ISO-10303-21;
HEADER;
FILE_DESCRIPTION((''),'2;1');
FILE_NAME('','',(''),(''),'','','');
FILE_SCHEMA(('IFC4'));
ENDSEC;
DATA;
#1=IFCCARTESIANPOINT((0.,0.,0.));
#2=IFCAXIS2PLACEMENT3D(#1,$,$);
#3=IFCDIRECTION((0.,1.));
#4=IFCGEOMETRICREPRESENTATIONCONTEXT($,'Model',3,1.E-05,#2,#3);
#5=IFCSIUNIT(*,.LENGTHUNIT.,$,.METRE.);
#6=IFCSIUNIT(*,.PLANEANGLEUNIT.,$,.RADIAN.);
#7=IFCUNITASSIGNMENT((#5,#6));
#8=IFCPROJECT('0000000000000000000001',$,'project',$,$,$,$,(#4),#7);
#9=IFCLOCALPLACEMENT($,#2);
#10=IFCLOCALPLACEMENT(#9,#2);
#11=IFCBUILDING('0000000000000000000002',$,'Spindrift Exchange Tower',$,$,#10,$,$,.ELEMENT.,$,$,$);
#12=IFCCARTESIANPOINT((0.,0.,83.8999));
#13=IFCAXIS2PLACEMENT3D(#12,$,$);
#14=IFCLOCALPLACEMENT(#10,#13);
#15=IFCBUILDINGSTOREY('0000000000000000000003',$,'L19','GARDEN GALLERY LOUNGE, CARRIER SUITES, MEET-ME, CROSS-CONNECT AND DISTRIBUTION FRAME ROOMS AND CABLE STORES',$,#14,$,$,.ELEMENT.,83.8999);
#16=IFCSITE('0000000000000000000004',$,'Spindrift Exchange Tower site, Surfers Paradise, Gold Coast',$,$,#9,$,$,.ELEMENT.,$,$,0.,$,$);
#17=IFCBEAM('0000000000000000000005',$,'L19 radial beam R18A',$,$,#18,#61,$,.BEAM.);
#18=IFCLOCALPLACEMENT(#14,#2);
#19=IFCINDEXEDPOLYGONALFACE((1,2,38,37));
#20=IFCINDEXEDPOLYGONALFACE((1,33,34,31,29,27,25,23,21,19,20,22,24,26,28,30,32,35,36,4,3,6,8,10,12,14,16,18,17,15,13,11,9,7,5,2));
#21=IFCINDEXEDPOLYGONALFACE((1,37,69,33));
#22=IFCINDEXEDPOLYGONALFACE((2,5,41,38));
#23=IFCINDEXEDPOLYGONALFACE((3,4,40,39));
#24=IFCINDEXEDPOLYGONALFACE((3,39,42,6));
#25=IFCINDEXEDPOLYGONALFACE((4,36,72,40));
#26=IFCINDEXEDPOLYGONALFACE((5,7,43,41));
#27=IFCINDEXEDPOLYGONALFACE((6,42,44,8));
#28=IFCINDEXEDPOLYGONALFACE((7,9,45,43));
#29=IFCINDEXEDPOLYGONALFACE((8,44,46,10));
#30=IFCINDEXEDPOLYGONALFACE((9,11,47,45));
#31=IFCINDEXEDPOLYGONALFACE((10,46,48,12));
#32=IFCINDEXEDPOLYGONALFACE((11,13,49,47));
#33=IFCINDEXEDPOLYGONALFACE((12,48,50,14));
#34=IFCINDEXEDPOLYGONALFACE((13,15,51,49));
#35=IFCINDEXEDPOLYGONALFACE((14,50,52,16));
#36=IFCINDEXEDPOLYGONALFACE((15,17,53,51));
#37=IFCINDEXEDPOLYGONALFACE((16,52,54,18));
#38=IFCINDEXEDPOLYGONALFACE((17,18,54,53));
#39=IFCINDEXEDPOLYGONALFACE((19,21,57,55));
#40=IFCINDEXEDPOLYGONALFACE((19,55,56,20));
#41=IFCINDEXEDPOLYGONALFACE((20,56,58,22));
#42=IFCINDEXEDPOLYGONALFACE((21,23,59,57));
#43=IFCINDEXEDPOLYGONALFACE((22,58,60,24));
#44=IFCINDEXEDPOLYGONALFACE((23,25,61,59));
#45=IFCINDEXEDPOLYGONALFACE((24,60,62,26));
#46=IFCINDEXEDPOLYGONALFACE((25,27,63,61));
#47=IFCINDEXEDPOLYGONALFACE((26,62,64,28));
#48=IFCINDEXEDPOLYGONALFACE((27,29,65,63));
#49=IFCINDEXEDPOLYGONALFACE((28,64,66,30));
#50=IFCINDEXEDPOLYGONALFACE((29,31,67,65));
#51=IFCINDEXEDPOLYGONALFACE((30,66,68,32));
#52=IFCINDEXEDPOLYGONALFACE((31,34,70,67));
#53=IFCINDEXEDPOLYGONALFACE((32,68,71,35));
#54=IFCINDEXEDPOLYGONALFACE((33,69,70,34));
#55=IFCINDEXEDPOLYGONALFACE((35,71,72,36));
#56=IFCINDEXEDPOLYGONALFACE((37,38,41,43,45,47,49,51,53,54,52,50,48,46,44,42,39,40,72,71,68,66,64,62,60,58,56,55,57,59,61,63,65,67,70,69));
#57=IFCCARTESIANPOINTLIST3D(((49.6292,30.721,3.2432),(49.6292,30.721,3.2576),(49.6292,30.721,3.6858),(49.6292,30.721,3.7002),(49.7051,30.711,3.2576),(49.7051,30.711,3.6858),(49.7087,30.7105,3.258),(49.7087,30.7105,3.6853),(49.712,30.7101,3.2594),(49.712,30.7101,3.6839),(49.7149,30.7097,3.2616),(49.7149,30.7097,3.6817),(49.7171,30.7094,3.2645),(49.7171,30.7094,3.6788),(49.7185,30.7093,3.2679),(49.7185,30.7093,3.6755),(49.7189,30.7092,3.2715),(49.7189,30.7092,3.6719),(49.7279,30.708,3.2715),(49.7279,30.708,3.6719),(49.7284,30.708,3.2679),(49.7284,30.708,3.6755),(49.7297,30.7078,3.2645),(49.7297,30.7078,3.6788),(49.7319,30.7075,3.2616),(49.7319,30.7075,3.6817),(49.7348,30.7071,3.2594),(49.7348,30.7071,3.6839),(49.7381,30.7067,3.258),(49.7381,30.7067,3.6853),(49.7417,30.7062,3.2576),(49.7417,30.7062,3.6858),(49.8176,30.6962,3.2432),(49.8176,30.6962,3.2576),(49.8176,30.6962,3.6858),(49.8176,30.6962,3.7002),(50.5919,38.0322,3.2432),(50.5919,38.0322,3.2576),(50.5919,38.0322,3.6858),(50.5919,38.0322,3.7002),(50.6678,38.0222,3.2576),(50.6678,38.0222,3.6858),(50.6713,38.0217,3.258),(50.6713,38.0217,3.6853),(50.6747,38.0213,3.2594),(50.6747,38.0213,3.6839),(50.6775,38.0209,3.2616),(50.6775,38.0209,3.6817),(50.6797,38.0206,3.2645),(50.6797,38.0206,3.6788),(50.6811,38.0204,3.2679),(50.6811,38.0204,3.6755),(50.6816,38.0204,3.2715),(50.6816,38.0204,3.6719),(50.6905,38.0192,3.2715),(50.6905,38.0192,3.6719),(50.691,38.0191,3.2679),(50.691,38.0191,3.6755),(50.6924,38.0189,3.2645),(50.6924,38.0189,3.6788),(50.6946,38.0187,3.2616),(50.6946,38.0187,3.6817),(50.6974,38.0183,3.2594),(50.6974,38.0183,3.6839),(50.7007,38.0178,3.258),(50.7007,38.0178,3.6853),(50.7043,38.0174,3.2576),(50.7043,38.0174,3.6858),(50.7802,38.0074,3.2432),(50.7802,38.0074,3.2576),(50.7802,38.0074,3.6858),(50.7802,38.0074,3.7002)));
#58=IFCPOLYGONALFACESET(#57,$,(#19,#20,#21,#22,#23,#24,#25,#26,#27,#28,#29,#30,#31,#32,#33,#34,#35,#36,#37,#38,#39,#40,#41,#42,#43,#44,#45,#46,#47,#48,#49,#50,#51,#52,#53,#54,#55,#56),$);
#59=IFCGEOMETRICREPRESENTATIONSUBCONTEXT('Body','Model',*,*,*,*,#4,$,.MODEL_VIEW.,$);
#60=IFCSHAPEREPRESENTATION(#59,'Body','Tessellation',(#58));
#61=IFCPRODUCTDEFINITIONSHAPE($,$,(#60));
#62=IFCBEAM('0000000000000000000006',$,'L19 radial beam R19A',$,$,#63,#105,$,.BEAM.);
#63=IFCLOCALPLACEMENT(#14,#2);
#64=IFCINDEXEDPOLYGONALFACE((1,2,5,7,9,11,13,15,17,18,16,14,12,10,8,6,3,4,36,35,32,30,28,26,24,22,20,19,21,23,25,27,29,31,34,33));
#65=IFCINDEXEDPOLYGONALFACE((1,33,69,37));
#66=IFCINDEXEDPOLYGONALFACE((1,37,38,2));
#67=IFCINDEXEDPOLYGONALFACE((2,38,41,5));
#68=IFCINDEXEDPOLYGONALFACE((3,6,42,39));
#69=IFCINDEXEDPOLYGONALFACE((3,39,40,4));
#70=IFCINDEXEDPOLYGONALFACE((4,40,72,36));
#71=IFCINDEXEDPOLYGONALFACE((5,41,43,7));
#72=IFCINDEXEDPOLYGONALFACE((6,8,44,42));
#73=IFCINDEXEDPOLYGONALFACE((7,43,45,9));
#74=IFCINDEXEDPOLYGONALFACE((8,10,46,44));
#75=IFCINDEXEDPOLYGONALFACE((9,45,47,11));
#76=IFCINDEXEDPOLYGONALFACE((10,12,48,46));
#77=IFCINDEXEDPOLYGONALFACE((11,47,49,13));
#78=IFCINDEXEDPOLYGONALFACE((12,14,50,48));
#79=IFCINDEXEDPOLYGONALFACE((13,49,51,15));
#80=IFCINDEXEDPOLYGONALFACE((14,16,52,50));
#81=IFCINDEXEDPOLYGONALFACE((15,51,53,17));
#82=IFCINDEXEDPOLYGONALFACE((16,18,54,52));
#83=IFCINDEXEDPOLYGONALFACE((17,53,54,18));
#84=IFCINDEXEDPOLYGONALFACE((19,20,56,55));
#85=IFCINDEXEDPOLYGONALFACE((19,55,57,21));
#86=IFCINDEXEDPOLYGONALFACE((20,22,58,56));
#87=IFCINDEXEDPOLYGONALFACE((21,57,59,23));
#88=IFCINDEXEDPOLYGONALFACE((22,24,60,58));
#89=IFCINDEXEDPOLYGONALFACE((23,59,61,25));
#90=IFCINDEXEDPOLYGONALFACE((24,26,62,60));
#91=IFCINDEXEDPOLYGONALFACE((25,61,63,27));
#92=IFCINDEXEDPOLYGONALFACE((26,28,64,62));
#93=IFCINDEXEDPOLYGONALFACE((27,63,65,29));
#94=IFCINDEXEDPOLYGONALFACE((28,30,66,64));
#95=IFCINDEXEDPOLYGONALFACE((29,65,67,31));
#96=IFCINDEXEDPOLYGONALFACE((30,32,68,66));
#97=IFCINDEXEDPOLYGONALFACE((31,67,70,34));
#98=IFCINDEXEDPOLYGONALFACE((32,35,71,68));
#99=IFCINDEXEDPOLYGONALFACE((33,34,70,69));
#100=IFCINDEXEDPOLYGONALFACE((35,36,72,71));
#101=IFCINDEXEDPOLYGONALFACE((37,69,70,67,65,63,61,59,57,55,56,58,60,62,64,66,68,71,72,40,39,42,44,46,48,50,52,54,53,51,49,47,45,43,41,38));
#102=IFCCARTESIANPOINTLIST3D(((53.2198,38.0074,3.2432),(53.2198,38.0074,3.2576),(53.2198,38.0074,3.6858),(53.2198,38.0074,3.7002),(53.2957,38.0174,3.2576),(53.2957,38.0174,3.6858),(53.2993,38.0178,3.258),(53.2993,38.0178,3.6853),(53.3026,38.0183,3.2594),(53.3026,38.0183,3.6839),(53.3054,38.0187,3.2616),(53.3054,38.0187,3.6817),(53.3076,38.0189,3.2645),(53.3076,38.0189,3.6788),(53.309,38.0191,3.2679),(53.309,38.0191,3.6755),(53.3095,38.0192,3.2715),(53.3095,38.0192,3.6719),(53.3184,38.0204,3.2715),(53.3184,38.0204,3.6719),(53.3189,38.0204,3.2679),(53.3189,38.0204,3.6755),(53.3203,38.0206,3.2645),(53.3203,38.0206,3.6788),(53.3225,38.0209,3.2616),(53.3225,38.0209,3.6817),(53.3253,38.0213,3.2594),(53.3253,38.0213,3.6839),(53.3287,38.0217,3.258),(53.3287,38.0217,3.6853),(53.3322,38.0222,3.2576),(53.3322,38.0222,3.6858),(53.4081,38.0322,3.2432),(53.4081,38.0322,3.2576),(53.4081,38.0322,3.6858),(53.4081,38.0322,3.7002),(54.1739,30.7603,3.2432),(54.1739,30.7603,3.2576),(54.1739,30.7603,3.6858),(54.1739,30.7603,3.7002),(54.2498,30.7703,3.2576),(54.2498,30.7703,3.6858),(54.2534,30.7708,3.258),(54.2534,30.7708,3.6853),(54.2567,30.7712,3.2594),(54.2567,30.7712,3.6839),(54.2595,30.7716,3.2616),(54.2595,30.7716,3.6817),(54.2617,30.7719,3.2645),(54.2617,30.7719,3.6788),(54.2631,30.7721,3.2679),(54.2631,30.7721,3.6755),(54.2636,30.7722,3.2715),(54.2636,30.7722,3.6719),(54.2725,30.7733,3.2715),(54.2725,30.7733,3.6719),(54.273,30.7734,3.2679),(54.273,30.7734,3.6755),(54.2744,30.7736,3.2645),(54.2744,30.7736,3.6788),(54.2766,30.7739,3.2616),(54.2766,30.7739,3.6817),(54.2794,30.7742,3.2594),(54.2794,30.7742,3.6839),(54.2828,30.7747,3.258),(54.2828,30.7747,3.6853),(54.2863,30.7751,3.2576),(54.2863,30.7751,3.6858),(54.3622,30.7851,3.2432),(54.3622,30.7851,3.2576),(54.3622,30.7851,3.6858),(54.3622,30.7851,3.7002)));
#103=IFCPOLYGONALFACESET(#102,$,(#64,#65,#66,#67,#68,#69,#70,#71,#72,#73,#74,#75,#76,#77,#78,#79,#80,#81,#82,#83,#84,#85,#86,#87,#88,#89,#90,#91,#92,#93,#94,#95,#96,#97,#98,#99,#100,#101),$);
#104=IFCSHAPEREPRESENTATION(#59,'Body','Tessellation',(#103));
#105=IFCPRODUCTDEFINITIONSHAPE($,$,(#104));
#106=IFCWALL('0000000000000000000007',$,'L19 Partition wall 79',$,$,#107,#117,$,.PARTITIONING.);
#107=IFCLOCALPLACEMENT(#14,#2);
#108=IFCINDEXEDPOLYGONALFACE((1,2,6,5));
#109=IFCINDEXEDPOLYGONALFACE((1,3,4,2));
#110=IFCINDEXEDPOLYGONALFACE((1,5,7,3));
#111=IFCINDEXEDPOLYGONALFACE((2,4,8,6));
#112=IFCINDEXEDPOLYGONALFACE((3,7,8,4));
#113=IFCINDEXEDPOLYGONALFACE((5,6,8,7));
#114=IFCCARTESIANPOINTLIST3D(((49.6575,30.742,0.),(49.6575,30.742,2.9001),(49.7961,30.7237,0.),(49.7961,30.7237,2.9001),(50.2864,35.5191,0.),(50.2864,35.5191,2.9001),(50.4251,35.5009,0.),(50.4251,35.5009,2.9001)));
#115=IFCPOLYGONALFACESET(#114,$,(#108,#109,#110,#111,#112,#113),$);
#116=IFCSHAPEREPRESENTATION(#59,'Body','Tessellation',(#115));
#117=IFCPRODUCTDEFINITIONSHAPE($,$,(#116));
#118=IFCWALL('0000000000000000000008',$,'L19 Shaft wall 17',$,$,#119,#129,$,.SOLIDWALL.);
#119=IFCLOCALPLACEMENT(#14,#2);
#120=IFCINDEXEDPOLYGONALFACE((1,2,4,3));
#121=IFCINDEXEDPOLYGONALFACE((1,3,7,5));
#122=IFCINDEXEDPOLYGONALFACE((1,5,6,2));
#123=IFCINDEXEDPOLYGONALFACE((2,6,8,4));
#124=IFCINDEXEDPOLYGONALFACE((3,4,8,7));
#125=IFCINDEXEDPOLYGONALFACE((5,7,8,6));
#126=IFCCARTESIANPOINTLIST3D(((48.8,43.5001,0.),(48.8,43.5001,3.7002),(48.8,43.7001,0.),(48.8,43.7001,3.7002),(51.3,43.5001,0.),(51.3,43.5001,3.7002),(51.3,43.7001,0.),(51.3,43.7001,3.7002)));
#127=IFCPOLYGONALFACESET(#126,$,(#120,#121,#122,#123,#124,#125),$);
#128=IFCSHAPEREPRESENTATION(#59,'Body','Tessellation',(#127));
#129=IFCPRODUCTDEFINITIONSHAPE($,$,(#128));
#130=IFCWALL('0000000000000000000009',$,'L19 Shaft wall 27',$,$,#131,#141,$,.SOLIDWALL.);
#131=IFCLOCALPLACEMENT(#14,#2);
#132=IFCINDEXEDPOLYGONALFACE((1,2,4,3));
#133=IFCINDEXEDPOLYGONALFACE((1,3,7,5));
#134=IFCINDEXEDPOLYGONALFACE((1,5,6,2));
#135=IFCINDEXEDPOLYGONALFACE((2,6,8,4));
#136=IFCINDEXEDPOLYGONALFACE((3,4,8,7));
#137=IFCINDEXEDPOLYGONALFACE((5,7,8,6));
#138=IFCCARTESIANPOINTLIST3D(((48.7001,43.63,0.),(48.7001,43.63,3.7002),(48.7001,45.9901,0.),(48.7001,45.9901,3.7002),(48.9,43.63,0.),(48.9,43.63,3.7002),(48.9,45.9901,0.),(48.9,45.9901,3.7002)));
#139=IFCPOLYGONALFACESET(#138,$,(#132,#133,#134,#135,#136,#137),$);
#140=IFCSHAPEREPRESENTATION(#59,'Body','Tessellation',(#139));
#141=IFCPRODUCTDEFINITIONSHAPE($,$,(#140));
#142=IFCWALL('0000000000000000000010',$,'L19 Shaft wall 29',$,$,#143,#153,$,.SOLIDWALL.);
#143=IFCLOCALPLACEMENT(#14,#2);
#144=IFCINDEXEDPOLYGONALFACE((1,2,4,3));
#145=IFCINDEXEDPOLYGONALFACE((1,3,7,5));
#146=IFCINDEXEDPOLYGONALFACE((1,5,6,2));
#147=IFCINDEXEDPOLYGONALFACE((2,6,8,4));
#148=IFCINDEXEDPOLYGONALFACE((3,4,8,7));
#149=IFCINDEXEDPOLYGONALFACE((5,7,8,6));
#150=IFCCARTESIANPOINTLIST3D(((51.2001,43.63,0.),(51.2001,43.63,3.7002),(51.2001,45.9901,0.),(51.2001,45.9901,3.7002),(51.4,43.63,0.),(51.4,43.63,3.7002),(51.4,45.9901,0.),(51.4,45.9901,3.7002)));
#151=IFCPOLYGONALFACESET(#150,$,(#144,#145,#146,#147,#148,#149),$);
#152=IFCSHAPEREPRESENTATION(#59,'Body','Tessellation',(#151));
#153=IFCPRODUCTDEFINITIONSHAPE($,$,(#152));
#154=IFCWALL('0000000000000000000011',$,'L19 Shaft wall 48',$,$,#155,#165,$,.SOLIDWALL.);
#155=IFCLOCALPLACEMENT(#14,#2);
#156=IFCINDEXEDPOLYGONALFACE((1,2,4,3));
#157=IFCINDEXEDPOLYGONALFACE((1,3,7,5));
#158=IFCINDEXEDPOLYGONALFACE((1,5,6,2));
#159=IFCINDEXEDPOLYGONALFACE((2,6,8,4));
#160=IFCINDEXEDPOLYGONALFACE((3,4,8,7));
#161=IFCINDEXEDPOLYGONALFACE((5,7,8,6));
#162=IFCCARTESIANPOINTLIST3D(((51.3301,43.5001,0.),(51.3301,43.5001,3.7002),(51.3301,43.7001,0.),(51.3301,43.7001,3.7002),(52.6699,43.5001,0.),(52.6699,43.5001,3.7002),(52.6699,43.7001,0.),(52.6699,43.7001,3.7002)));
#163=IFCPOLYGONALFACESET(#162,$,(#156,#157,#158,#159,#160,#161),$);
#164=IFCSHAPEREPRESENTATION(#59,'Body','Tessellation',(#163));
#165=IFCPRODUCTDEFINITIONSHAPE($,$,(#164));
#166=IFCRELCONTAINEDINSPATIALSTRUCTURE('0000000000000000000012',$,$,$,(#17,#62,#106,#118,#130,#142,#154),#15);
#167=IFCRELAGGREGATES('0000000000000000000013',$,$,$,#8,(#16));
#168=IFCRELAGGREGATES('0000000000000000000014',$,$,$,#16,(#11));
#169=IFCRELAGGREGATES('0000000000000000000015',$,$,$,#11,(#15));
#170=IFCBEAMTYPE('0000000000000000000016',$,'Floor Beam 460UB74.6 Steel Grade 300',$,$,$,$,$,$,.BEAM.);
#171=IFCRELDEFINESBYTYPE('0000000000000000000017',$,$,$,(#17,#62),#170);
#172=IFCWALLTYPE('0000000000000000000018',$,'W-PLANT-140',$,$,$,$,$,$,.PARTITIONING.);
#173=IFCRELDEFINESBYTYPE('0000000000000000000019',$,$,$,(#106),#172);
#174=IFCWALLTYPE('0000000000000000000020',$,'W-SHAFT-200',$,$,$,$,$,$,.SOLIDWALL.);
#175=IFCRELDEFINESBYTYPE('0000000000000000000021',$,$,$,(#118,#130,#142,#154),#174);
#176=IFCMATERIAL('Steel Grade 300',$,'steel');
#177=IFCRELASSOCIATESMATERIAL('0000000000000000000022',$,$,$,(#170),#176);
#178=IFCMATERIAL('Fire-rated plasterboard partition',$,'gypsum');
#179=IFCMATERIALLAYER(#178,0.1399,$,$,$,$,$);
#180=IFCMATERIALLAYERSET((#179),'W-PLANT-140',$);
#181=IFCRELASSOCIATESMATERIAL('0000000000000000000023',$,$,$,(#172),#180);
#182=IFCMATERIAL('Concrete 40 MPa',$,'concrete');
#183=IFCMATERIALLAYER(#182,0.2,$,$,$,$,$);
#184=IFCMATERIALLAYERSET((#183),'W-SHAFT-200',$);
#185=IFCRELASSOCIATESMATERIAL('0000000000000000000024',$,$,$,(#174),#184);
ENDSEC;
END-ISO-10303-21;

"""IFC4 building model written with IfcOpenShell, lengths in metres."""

from ifc_helpers import new_model, si_unit, direction, frame, frame_2d, origin, origin_2d, place, context, subcontext, project, spatial, rectangle, i_section, extrude, source, transform, mapped, material, layer, layer_set, material_profile, profile_set, type_object, element, save


model = new_model("IFC4")

# Units and contexts
model_context = context("Model", 3, precision=1e-05, world=origin(), true_north=direction((0.0, 1.0)))
body_context = subcontext(model_context, "Body", "Model", "MODEL_VIEW")
ifc_project = project(units=[si_unit("LENGTHUNIT", "METRE"), si_unit("PLANEANGLEUNIT", "RADIAN")], contexts=[model_context])

# Site, building, storey
site_placement = place(None, origin())
site = spatial("IfcSite", under=ifc_project, at=site_placement, Name="Spindrift Exchange Tower site, Surfers Paradise, Gold Coast", CompositionType="ELEMENT", RefElevation=0.0)
building_placement = place(site_placement, origin())
building = spatial("IfcBuilding", under=site, at=building_placement, Name="Spindrift Exchange Tower", CompositionType="ELEMENT")
storey_placement = place(building_placement, frame((0.0, 0.0, 83.8999)))
storey = spatial("IfcBuildingStorey", under=building, at=storey_placement, Name="L19", Description="GARDEN GALLERY LOUNGE, CARRIER SUITES, MEET-ME, CROSS-CONNECT AND DISTRIBUTION FRAME ROOMS AND CABLE STORES", CompositionType="ELEMENT", Elevation=83.8999)

# Beams
ifc_material_1 = material(Name="Steel Grade 300", Category="steel")
ifc_material_profile = material_profile(ifc_material_1, i_section(OverallWidth=0.1899, OverallDepth=0.457, WebThickness=0.009, FlangeThickness=0.0144, FilletRadius=0.0139, at=origin_2d()), Name="460UB74.6")
ifc_profile_set = profile_set([ifc_material_profile], Name="Steel Grade 300")
beam_type = type_object("IfcBeamType", Name="Floor Beam 460UB74.6 Steel Grade 300", PredefinedType="BEAM", material=ifc_profile_set)
shared_shape_1 = source(origin(), body_context, "Body", "SweptSolid", [
    extrude(i_section(OverallWidth=0.1899, OverallDepth=0.457, WebThickness=0.009, FlangeThickness=0.0144, FilletRadius=0.0139, at=origin_2d()), origin(), (0.0, 0.0, 1.0), 7.3743),
])
beam_1_placement = place(storey_placement, frame((50.686, 38.0198, 3.4717), z_axis=(-0.130539, -0.991443, 0.0), x_axis=(0.991443, -0.130539, 0.0)))
element("IfcBeam", 1, at=beam_1_placement, inside=storey, type_object=beam_type, Name="L19 radial beam R18A", PredefinedType="BEAM", context=body_context, shape_type="MappedRepresentation", body=[
    mapped(shared_shape_1, transform((0.0, 0.0, 0.0), scale=1.0)),
])
shared_shape_2 = source(origin(), body_context, "Body", "SweptSolid", [
    extrude(i_section(OverallWidth=0.1899, OverallDepth=0.457, WebThickness=0.009, FlangeThickness=0.0144, FilletRadius=0.0139, at=origin_2d()), origin(), (0.0, 0.0, 1.0), 7.3096),
])
beam_2_placement = place(storey_placement, frame((53.314, 38.0198, 3.4717), z_axis=(0.130527, -0.991445, 0.0), x_axis=(0.991445, 0.130527, 0.0)))
element("IfcBeam", 2, at=beam_2_placement, inside=storey, type_object=beam_type, Name="L19 radial beam R19A", PredefinedType="BEAM", context=body_context, shape_type="MappedRepresentation", body=[
    mapped(shared_shape_2, transform((0.0, 0.0, 0.0), scale=1.0)),
])

# Walls
ifc_material_2 = material(Name="Fire-rated plasterboard partition", Category="gypsum")
ifc_layer_1 = layer(ifc_material_2, 0.1399)
ifc_layer_set_1 = layer_set([ifc_layer_1], Name="W-PLANT-140")
wall_type_1 = type_object("IfcWallType", Name="W-PLANT-140", PredefinedType="PARTITIONING", material=ifc_layer_set_1)
wall_1_placement = place(storey_placement, frame((50.3557, 35.51, 0.0), z_axis=(0.0, 0.0, 1.0), x_axis=(-0.130524, -0.991445, 0.0)))
element("IfcWall", 3, at=wall_1_placement, inside=storey, type_object=wall_type_1, Name="L19 Partition wall 79", PredefinedType="PARTITIONING", context=body_context, shape_type="SweptSolid", body=[
    extrude(rectangle(XDim=4.8184, YDim=0.1399, at=frame_2d((2.4092, 0.0))), origin(), (0.0, 0.0, 1.0), 2.9001),
])
ifc_material_3 = material(Name="Concrete 40 MPa", Category="concrete")
ifc_layer_2 = layer(ifc_material_3, 0.2)
ifc_layer_set_2 = layer_set([ifc_layer_2], Name="W-SHAFT-200")
wall_type_2 = type_object("IfcWallType", Name="W-SHAFT-200", PredefinedType="SOLIDWALL", material=ifc_layer_set_2)
wall_2_placement = place(storey_placement, frame((48.8, 43.6001, 0.0), z_axis=(0.0, 0.0, 1.0), x_axis=(1.0, 0.0, 0.0)))
element("IfcWall", 4, at=wall_2_placement, inside=storey, type_object=wall_type_2, Name="L19 Shaft wall 17", PredefinedType="SOLIDWALL", context=body_context, shape_type="SweptSolid", body=[
    extrude(rectangle(XDim=2.5, YDim=0.2, at=frame_2d((1.25, 0.0))), origin(), (0.0, 0.0, 1.0), 3.7002),
])
for number, where, z_axis, x_axis, name in (
    (5, (48.8, 43.6299, 0.0), (0.0, 0.0, 1.0), (0.0, 1.0, 0.0), "L19 Shaft wall 27"),
    (6, (51.3, 43.6299, 0.0), (0.0, 0.0, 1.0), (0.0, 1.0, 0.0), "L19 Shaft wall 29"),
):
    element("IfcWall", number, at=place(storey_placement, frame(where, z_axis=z_axis, x_axis=x_axis)), inside=storey, type_object=wall_type_2, Name=name, PredefinedType="SOLIDWALL", context=body_context, shape_type="SweptSolid", body=[
        extrude(rectangle(XDim=2.3601, YDim=0.2, at=frame_2d((1.1802, 0.0))), origin(), (0.0, 0.0, 1.0), 3.7002),
    ])
wall_3_placement = place(storey_placement, frame((52.6699, 43.6001, 0.0), z_axis=(0.0, 0.0, 1.0), x_axis=(-1.0, 0.0, 0.0)))
element("IfcWall", 7, at=wall_3_placement, inside=storey, type_object=wall_type_2, Name="L19 Shaft wall 48", PredefinedType="SOLIDWALL", context=body_context, shape_type="SweptSolid", body=[
    extrude(rectangle(XDim=1.3398, YDim=0.2, at=frame_2d((0.6699, 0.0))), origin(), (0.0, 0.0, 1.0), 3.7002),
])

save(model, "model.ifc")
